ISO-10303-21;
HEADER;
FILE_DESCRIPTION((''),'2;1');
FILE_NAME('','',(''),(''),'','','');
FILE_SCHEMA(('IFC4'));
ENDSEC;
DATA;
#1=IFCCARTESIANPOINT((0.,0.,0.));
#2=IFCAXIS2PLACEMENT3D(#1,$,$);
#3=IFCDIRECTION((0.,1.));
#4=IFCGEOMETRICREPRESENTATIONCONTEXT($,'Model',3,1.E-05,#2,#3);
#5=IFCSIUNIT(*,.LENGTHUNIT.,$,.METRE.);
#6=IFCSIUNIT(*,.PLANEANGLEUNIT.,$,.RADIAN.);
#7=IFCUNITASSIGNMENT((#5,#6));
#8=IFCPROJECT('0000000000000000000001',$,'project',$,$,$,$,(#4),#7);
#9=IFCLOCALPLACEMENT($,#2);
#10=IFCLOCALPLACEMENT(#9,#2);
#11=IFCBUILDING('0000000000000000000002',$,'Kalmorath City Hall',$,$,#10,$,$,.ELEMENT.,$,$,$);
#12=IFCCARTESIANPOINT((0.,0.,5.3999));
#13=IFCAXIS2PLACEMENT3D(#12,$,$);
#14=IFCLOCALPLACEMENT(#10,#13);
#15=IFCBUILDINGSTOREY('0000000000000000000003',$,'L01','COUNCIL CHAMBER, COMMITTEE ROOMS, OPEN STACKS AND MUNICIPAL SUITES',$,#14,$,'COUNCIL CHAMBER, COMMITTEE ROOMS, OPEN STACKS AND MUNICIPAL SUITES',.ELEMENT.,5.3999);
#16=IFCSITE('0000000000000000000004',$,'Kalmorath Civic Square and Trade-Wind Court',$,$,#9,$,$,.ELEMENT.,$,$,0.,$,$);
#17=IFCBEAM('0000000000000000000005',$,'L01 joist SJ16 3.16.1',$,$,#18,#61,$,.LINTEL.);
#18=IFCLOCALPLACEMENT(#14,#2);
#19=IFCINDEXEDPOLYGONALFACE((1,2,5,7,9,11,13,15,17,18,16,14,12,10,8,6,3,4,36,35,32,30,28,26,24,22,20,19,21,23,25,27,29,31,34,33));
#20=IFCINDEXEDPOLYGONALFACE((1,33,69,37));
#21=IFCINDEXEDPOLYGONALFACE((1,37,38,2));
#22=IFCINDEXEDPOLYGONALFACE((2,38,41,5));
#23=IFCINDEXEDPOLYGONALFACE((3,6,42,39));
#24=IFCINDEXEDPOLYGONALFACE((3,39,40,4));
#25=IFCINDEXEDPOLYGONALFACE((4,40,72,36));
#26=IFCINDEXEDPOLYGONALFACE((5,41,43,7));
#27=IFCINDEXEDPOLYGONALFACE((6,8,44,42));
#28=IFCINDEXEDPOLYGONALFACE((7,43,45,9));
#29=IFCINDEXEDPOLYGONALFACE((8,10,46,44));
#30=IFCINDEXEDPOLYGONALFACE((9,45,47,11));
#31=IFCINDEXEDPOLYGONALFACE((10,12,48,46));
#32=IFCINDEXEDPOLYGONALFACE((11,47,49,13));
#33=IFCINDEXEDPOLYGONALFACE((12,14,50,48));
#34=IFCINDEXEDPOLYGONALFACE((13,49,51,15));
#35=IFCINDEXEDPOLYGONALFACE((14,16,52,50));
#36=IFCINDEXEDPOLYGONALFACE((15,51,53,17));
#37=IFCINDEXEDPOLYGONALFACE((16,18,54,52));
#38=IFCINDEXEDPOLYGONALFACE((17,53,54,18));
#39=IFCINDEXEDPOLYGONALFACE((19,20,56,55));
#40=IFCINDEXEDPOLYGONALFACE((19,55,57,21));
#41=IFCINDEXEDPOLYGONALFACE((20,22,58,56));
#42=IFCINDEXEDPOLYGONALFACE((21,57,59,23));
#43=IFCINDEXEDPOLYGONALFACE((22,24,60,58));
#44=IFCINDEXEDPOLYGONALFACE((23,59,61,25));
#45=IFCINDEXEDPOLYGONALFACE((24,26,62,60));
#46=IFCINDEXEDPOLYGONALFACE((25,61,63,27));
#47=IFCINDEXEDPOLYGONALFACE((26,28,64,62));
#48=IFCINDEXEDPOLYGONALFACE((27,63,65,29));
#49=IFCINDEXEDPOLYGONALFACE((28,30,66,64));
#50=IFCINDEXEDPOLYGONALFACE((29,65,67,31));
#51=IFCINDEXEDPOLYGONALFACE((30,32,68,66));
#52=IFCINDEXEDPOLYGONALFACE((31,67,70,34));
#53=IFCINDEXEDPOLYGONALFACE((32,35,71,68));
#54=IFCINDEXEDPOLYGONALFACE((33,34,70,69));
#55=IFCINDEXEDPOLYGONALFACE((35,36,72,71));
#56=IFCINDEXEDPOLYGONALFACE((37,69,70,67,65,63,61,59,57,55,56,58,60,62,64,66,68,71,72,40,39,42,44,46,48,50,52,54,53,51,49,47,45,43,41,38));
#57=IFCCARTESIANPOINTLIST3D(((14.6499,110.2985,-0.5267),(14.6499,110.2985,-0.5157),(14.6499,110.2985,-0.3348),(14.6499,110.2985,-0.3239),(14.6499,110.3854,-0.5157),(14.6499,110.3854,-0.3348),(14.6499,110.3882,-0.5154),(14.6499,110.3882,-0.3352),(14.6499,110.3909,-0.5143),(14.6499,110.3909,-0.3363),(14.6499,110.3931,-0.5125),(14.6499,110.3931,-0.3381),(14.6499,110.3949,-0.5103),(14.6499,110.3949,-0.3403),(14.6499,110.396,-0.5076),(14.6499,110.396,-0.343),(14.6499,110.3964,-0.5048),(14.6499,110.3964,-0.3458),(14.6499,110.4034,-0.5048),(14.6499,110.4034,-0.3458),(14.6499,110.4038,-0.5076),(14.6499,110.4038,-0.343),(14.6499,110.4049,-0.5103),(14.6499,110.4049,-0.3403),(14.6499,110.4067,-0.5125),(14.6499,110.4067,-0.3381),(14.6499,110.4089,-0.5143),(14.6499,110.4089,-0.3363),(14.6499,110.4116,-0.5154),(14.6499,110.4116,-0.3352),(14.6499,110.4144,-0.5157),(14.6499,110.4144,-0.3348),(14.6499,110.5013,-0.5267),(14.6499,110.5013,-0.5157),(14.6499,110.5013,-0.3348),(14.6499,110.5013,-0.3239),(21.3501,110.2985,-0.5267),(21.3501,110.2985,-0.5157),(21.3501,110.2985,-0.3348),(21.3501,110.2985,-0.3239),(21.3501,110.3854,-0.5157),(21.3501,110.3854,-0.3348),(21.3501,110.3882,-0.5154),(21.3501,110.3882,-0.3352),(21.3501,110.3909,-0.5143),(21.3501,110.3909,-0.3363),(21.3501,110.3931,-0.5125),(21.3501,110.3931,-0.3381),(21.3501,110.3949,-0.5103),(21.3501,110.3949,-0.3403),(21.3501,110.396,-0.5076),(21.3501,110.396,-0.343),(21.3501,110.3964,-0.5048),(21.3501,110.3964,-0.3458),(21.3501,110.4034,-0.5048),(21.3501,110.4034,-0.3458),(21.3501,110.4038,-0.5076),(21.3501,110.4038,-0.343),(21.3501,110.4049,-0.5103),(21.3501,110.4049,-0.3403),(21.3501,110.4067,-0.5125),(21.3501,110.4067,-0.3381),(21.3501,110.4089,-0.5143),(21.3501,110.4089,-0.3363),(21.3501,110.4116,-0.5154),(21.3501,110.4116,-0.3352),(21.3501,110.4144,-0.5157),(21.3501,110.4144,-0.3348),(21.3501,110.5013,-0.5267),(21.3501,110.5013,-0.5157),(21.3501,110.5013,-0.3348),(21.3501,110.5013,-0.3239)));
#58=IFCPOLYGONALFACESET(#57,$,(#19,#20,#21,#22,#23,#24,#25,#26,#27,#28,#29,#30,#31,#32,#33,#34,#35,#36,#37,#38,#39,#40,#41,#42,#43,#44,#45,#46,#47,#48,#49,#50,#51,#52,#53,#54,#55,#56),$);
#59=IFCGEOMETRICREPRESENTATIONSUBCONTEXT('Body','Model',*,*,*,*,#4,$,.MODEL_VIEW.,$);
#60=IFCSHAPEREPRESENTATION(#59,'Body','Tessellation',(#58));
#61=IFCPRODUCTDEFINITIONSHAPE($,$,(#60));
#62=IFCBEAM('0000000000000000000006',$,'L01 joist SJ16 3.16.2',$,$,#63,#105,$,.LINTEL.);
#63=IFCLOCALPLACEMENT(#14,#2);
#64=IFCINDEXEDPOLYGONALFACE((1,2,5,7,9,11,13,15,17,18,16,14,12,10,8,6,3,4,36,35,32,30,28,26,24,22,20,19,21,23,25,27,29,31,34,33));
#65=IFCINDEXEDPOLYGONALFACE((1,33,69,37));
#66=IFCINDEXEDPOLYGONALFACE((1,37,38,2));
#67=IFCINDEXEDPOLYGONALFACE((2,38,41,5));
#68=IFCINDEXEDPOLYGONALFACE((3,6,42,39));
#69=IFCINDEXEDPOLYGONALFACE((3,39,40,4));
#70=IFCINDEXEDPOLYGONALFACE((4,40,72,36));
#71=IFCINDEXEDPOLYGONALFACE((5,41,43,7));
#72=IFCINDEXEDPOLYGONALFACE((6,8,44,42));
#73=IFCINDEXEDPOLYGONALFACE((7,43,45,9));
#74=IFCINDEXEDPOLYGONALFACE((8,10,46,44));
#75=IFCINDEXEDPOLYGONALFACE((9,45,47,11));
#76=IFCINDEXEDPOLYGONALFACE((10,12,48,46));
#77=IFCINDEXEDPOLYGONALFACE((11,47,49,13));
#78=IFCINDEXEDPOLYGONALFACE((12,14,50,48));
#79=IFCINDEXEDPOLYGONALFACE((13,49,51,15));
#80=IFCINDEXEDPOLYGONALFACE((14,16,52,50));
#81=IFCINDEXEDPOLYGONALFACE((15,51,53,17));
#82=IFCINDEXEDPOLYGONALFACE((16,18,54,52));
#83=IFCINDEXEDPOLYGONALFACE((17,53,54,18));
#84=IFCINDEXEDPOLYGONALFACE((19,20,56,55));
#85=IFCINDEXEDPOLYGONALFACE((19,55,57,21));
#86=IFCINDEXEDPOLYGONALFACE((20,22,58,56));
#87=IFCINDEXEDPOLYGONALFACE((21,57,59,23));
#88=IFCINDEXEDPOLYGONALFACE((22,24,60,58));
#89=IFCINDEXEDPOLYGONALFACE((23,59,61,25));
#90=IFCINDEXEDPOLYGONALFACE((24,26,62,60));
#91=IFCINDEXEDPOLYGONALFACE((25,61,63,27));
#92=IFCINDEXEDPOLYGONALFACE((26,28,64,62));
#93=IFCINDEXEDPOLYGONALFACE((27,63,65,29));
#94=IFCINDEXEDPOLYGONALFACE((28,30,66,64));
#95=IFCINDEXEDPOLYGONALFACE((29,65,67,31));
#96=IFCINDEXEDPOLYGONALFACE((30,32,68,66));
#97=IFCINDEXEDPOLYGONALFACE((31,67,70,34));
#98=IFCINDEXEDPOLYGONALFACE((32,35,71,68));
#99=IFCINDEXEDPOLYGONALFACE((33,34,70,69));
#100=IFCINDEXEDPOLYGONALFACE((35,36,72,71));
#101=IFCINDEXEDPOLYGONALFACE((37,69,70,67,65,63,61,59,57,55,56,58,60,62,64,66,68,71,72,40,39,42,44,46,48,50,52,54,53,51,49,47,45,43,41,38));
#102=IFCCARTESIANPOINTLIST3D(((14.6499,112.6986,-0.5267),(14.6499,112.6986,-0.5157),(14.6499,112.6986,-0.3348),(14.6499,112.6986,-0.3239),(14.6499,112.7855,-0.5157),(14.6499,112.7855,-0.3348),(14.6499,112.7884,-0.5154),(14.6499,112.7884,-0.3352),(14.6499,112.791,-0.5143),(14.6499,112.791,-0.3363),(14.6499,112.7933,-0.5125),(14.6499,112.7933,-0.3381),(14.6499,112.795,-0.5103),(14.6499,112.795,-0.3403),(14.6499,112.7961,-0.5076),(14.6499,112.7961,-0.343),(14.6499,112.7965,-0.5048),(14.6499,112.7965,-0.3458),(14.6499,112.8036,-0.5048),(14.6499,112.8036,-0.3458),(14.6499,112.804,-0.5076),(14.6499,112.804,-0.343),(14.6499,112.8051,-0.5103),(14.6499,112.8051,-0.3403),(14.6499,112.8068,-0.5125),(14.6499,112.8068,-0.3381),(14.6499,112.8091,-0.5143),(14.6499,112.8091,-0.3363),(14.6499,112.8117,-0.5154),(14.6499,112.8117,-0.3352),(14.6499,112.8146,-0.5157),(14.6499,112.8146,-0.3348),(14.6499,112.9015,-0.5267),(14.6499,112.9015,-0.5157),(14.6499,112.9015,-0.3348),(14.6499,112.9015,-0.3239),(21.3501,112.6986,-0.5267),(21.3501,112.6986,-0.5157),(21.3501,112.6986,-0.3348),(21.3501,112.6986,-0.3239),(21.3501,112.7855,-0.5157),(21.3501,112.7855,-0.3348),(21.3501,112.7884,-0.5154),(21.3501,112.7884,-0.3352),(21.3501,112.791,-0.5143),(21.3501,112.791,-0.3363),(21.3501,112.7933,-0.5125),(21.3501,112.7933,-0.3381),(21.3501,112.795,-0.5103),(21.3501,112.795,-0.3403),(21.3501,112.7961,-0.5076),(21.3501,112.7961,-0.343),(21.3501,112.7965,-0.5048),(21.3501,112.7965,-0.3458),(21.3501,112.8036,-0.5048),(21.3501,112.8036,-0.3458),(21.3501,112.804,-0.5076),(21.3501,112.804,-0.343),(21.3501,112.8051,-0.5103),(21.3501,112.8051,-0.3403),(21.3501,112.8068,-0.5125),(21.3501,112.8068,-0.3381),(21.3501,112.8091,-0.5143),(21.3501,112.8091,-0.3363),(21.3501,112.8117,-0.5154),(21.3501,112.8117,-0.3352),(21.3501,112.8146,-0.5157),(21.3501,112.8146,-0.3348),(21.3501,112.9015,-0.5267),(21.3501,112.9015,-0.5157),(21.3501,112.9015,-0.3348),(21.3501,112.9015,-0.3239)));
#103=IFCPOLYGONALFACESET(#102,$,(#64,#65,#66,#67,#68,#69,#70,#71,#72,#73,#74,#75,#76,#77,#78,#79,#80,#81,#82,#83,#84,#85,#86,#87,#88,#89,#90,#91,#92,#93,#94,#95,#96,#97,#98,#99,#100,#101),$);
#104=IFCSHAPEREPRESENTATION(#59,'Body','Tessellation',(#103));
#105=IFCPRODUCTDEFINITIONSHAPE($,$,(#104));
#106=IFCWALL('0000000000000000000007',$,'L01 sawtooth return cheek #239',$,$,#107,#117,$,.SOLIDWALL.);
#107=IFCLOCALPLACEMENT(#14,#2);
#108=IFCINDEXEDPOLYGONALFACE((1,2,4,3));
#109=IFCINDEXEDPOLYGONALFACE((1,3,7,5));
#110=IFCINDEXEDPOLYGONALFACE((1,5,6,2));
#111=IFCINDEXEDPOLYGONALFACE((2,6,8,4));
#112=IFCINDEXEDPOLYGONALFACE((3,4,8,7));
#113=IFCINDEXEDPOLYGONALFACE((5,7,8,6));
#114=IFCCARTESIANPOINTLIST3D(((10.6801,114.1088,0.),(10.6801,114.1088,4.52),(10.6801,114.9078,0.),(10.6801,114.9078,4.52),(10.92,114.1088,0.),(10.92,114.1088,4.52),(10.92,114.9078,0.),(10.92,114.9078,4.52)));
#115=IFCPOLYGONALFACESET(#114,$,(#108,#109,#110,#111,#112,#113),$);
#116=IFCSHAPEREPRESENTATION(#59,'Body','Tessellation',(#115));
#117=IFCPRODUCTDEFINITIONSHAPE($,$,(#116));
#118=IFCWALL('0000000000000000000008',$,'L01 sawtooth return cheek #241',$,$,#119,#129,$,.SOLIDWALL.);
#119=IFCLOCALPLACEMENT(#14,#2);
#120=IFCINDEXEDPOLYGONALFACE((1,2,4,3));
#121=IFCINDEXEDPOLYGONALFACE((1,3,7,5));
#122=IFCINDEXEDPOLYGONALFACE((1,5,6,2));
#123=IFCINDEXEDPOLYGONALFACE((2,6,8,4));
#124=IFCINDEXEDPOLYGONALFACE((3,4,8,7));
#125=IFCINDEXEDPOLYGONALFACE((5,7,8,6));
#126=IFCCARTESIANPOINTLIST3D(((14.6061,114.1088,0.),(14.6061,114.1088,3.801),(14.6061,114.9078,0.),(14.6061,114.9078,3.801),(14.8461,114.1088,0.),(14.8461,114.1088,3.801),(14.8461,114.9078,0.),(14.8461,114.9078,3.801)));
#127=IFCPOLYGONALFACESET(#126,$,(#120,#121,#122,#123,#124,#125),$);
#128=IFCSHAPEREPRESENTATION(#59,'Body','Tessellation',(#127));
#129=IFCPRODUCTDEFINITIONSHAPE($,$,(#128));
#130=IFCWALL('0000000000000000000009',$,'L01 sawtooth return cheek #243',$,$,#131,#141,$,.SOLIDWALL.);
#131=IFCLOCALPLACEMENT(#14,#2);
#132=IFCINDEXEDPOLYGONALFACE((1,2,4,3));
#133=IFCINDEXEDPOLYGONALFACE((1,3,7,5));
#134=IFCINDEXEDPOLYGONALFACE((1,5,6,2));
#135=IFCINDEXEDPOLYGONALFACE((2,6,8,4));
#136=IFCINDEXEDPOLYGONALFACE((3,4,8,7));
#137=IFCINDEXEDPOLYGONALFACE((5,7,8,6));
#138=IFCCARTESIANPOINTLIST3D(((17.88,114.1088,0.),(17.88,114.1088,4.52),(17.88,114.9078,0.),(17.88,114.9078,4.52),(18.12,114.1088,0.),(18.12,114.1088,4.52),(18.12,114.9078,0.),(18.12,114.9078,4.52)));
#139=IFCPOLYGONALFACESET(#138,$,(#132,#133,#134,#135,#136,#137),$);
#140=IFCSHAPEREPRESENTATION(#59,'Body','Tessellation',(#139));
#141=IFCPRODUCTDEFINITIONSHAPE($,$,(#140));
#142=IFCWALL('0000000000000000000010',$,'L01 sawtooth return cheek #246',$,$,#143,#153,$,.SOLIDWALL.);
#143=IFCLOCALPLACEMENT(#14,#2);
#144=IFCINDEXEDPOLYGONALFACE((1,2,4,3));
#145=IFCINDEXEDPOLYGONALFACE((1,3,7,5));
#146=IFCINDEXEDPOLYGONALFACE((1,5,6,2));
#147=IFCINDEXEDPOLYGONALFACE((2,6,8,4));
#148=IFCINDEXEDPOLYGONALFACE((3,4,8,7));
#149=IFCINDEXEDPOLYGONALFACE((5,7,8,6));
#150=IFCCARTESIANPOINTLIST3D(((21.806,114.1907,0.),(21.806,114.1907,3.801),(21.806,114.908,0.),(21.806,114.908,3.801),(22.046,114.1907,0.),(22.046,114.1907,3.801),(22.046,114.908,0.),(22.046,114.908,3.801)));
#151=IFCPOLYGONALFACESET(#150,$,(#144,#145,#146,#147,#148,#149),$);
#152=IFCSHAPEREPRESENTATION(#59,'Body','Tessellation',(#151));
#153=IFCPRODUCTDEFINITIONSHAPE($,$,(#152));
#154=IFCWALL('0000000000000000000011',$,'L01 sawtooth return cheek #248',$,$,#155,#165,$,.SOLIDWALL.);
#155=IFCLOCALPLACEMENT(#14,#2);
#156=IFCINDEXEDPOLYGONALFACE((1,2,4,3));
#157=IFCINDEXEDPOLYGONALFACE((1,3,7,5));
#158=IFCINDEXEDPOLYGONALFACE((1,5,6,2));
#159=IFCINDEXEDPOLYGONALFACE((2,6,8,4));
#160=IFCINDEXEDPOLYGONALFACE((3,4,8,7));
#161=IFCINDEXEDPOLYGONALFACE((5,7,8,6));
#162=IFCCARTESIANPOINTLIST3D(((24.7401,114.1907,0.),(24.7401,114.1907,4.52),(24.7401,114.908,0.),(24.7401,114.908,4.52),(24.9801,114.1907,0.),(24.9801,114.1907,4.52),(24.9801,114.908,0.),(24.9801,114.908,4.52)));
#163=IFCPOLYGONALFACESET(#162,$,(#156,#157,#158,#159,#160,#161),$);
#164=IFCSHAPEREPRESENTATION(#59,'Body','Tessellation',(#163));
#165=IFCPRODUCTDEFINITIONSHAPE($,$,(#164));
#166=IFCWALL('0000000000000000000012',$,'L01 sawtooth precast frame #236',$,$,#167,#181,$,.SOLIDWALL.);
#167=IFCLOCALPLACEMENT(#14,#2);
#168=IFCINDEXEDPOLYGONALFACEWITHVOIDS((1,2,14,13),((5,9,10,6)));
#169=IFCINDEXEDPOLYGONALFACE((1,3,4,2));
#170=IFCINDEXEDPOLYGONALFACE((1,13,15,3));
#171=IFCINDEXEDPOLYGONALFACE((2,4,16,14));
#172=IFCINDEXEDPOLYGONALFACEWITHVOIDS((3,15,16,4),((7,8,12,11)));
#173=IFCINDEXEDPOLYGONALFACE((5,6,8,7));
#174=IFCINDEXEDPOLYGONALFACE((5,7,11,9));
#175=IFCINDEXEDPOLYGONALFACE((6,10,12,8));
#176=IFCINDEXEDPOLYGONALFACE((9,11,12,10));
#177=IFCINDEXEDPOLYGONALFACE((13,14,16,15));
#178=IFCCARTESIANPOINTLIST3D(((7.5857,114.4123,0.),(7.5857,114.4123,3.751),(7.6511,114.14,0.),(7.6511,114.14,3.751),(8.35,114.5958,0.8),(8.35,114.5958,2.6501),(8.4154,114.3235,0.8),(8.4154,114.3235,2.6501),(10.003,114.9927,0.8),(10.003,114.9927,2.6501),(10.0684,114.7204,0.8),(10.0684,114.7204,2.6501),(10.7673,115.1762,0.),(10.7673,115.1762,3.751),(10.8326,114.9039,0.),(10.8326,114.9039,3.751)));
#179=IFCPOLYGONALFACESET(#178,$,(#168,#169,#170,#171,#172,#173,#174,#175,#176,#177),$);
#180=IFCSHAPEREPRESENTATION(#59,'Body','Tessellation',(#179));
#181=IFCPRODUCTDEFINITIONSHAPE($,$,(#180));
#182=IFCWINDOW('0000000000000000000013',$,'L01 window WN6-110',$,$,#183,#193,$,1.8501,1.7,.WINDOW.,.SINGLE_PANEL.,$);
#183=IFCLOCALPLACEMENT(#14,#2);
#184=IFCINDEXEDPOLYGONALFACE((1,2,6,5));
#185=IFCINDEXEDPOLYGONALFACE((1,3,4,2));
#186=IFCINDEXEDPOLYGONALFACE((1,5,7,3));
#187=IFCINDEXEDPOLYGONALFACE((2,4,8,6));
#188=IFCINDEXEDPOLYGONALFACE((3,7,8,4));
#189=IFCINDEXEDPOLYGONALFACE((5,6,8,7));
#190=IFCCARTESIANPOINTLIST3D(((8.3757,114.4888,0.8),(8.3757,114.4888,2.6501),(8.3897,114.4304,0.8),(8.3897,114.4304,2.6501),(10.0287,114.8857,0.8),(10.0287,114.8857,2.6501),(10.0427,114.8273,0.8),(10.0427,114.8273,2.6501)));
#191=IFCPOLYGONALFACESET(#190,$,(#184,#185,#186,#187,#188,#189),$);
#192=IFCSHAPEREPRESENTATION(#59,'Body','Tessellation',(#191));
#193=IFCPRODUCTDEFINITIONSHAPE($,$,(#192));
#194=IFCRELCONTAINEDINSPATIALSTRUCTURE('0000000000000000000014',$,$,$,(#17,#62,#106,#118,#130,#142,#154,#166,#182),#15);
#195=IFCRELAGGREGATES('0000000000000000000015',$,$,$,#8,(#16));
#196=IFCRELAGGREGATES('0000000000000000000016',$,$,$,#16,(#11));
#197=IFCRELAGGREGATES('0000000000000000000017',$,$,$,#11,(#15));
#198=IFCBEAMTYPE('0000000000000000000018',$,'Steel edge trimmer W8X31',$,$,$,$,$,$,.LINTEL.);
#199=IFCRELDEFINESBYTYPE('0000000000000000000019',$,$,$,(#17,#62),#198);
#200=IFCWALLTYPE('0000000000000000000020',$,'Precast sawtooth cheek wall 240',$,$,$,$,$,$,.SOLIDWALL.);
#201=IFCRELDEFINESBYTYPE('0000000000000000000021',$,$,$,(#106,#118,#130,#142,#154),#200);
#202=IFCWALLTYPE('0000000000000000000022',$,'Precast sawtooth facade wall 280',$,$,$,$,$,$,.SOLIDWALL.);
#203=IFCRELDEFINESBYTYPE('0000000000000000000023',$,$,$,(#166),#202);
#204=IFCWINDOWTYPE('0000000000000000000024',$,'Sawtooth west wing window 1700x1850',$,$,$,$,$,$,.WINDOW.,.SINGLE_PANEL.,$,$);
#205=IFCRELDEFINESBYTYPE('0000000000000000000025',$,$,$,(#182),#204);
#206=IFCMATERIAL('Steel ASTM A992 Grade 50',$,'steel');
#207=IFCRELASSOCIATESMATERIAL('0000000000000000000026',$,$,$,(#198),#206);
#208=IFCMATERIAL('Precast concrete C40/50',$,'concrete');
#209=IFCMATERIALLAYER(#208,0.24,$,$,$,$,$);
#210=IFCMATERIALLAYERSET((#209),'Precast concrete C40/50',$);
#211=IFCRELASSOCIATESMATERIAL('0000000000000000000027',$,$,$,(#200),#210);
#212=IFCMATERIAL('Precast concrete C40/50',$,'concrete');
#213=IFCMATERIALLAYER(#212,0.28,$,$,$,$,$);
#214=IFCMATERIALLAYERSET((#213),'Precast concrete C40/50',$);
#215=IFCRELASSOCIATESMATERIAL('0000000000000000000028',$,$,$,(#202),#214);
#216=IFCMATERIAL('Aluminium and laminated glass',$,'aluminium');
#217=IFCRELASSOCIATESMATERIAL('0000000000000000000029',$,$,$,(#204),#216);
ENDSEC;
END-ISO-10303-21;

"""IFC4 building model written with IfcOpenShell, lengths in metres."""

from ifc_helpers import new_model, si_unit, direction, frame, frame_2d, origin, origin_2d, place, context, subcontext, project, spatial, rectangle, i_section, extrude, material, layer, layer_set, material_profile, profile_set, type_object, element, fill, save


model = new_model("IFC4")

# Units and contexts
model_context = context("Model", 3, precision=1e-05, world=origin(), true_north=direction((0.0, 1.0)))
body_context = subcontext(model_context, "Body", "Model", "MODEL_VIEW")
ifc_project = project(units=[si_unit("LENGTHUNIT", "METRE"), si_unit("PLANEANGLEUNIT", "RADIAN")], contexts=[model_context])

# Site, building, storey
site_placement = place(None, origin())
site = spatial("IfcSite", under=ifc_project, at=site_placement, Name="Kalmorath Civic Square and Trade-Wind Court", CompositionType="ELEMENT", RefElevation=0.0)
building_placement = place(site_placement, origin())
building = spatial("IfcBuilding", under=site, at=building_placement, Name="Kalmorath City Hall", CompositionType="ELEMENT")
storey_placement = place(building_placement, frame((0.0, 0.0, 5.3999)))
storey = spatial("IfcBuildingStorey", under=building, at=storey_placement, Name="L01", Description="COUNCIL CHAMBER, COMMITTEE ROOMS, OPEN STACKS AND MUNICIPAL SUITES", LongName="COUNCIL CHAMBER, COMMITTEE ROOMS, OPEN STACKS AND MUNICIPAL SUITES", CompositionType="ELEMENT", Elevation=5.3999)

# Beams
ifc_material_1 = material(Name="Steel ASTM A992 Grade 50", Category="steel")
ifc_material_profile_1 = material_profile(ifc_material_1, i_section(OverallWidth=0.2029, OverallDepth=0.2029, WebThickness=0.0071, FlangeThickness=0.011, FilletRadius=0.011, at=origin_2d()), Name="W8X31")
ifc_profile_set_1 = profile_set([ifc_material_profile_1], Name="Steel ASTM A992 Grade 50")
beam_type_1 = type_object("IfcBeamType", Name="Steel edge trimmer W8X31", PredefinedType="LINTEL", material=ifc_profile_set_1)
for number, where, z_axis, x_axis, name in (
    (1, (14.6499, 110.3999, -0.4253), (1.0, 0.0, 0.0), (0.0, 1.0, 0.0), "L01 joist SJ16 3.16.1"),
    (2, (14.6499, 112.8, -0.4253), (1.0, 0.0, 0.0), (0.0, 1.0, 0.0), "L01 joist SJ16 3.16.2"),
):
    element("IfcBeam", number, at=place(storey_placement, frame(where, z_axis=z_axis, x_axis=x_axis)), inside=storey, type_object=beam_type_1, Name=name, PredefinedType="LINTEL", context=body_context, shape_type="SweptSolid", body=[
        extrude(i_section(OverallWidth=0.2029, OverallDepth=0.2029, WebThickness=0.0071, FlangeThickness=0.011, FilletRadius=0.011, at=origin_2d()), origin(), (0.0, 0.0, 1.0), 6.7002),
    ])

# Walls
ifc_material_2 = material(Name="Precast concrete C40/50", Category="concrete")
ifc_layer_1 = layer(ifc_material_2, 0.24)
ifc_layer_set_1 = layer_set([ifc_layer_1], Name="Precast concrete C40/50")
wall_type_1 = type_object("IfcWallType", Name="Precast sawtooth cheek wall 240", PredefinedType="SOLIDWALL", material=ifc_layer_set_1)
wall_1_placement = place(storey_placement, frame((10.8, 114.1089, 0.0), z_axis=(0.0, 0.0, 1.0), x_axis=(0.0, 1.0, 0.0)))
element("IfcWall", 3, at=wall_1_placement, inside=storey, type_object=wall_type_1, Name="L01 sawtooth return cheek #239", PredefinedType="SOLIDWALL", context=body_context, shape_type="SweptSolid", body=[
    extrude(rectangle(XDim=0.7991, YDim=0.24, at=frame_2d((0.3994, 0.0))), origin(), (0.0, 0.0, 1.0), 4.52),
])
wall_2_placement = place(storey_placement, frame((14.7261, 114.1089, 0.0), z_axis=(0.0, 0.0, 1.0), x_axis=(0.0, 1.0, 0.0)))
element("IfcWall", 4, at=wall_2_placement, inside=storey, type_object=wall_type_1, Name="L01 sawtooth return cheek #241", PredefinedType="SOLIDWALL", context=body_context, shape_type="SweptSolid", body=[
    extrude(rectangle(XDim=0.7991, YDim=0.24, at=frame_2d((0.3994, 0.0))), origin(), (0.0, 0.0, 1.0), 3.801),
])
wall_3_placement = place(storey_placement, frame((18.0, 114.1089, 0.0), z_axis=(0.0, 0.0, 1.0), x_axis=(0.0, 1.0, 0.0)))
element("IfcWall", 5, at=wall_3_placement, inside=storey, type_object=wall_type_1, Name="L01 sawtooth return cheek #243", PredefinedType="SOLIDWALL", context=body_context, shape_type="SweptSolid", body=[
    extrude(rectangle(XDim=0.7991, YDim=0.24, at=frame_2d((0.3994, 0.0))), origin(), (0.0, 0.0, 1.0), 4.52),
])
wall_4_placement = place(storey_placement, frame((21.926, 114.1907, 0.0), z_axis=(0.0, 0.0, 1.0), x_axis=(0.0, 1.0, 0.0)))
element("IfcWall", 6, at=wall_4_placement, inside=storey, type_object=wall_type_1, Name="L01 sawtooth return cheek #246", PredefinedType="SOLIDWALL", context=body_context, shape_type="SweptSolid", body=[
    extrude(rectangle(XDim=0.7173, YDim=0.24, at=frame_2d((0.3586, 0.0))), origin(), (0.0, 0.0, 1.0), 3.801),
])
wall_5_placement = place(storey_placement, frame((24.8601, 114.1907, 0.0), z_axis=(0.0, 0.0, 1.0), x_axis=(0.0, 1.0, 0.0)))
element("IfcWall", 7, at=wall_5_placement, inside=storey, type_object=wall_type_1, Name="L01 sawtooth return cheek #248", PredefinedType="SOLIDWALL", context=body_context, shape_type="SweptSolid", body=[
    extrude(rectangle(XDim=0.7173, YDim=0.24, at=frame_2d((0.3586, 0.0))), origin(), (0.0, 0.0, 1.0), 4.52),
])

# Wall, opening, window
ifc_material_3 = material(Name="Precast concrete C40/50", Category="concrete")
ifc_layer_2 = layer(ifc_material_3, 0.28)
ifc_layer_set_2 = layer_set([ifc_layer_2], Name="Precast concrete C40/50")
wall_type_2 = type_object("IfcWallType", Name="Precast sawtooth facade wall 280", PredefinedType="SOLIDWALL", material=ifc_layer_set_2)
wall_6_placement = place(storey_placement, frame((7.6184, 114.2761, 0.0), z_axis=(0.0, 0.0, 1.0), x_axis=(0.972365, 0.233466, 0.0)))
wall_6 = element("IfcWall", 8, at=wall_6_placement, inside=storey, type_object=wall_type_2, Name="L01 sawtooth precast frame #236", PredefinedType="SOLIDWALL", context=body_context, shape_type="SweptSolid", body=[
    extrude(rectangle(XDim=3.272, YDim=0.28, at=frame_2d((1.636, 0.0))), origin(), (0.0, 0.0, 1.0), 3.751),
])
opening_1_placement = place(wall_6_placement, frame((0.7859, 0.0, 0.8)))
opening_1 = element("IfcOpeningElement", 9, at=opening_1_placement, cuts=wall_6, PredefinedType="OPENING", context=body_context, shape_type="SweptSolid", body=[
    extrude(rectangle(XDim=1.7, YDim=1.8501, at=frame_2d((0.8501, 0.925))), frame((0.0, 0.1499, 0.0), z_axis=(0.0, -1.0, 0.0), x_axis=(1.0, 0.0, 0.0)), (0.0, 0.0, 1.0), 0.3),
])
ifc_material_4 = material(Name="Aluminium and laminated glass", Category="aluminium")
window_type_1 = type_object("IfcWindowType", Name="Sawtooth west wing window 1700x1850", PartitioningType="SINGLE_PANEL", PredefinedType="WINDOW", material=ifc_material_4)
window_1_placement = place(opening_1_placement, origin())
window_1 = element("IfcWindow", 10, at=window_1_placement, inside=storey, type_object=window_type_1, Name="L01 window WN6-110", OverallHeight=1.8501, OverallWidth=1.7, PartitioningType="SINGLE_PANEL", PredefinedType="WINDOW", context=body_context, shape_type="SweptSolid", body=[
    extrude(rectangle(XDim=1.7, YDim=1.8501, at=frame_2d((0.8501, 0.925))), frame((0.0, 0.03, 0.0), z_axis=(0.0, -1.0, 0.0), x_axis=(1.0, 0.0, 0.0)), (0.0, 0.0, 1.0), 0.0601),
])
fill(opening_1, window_1)

save(model, "model.ifc")
